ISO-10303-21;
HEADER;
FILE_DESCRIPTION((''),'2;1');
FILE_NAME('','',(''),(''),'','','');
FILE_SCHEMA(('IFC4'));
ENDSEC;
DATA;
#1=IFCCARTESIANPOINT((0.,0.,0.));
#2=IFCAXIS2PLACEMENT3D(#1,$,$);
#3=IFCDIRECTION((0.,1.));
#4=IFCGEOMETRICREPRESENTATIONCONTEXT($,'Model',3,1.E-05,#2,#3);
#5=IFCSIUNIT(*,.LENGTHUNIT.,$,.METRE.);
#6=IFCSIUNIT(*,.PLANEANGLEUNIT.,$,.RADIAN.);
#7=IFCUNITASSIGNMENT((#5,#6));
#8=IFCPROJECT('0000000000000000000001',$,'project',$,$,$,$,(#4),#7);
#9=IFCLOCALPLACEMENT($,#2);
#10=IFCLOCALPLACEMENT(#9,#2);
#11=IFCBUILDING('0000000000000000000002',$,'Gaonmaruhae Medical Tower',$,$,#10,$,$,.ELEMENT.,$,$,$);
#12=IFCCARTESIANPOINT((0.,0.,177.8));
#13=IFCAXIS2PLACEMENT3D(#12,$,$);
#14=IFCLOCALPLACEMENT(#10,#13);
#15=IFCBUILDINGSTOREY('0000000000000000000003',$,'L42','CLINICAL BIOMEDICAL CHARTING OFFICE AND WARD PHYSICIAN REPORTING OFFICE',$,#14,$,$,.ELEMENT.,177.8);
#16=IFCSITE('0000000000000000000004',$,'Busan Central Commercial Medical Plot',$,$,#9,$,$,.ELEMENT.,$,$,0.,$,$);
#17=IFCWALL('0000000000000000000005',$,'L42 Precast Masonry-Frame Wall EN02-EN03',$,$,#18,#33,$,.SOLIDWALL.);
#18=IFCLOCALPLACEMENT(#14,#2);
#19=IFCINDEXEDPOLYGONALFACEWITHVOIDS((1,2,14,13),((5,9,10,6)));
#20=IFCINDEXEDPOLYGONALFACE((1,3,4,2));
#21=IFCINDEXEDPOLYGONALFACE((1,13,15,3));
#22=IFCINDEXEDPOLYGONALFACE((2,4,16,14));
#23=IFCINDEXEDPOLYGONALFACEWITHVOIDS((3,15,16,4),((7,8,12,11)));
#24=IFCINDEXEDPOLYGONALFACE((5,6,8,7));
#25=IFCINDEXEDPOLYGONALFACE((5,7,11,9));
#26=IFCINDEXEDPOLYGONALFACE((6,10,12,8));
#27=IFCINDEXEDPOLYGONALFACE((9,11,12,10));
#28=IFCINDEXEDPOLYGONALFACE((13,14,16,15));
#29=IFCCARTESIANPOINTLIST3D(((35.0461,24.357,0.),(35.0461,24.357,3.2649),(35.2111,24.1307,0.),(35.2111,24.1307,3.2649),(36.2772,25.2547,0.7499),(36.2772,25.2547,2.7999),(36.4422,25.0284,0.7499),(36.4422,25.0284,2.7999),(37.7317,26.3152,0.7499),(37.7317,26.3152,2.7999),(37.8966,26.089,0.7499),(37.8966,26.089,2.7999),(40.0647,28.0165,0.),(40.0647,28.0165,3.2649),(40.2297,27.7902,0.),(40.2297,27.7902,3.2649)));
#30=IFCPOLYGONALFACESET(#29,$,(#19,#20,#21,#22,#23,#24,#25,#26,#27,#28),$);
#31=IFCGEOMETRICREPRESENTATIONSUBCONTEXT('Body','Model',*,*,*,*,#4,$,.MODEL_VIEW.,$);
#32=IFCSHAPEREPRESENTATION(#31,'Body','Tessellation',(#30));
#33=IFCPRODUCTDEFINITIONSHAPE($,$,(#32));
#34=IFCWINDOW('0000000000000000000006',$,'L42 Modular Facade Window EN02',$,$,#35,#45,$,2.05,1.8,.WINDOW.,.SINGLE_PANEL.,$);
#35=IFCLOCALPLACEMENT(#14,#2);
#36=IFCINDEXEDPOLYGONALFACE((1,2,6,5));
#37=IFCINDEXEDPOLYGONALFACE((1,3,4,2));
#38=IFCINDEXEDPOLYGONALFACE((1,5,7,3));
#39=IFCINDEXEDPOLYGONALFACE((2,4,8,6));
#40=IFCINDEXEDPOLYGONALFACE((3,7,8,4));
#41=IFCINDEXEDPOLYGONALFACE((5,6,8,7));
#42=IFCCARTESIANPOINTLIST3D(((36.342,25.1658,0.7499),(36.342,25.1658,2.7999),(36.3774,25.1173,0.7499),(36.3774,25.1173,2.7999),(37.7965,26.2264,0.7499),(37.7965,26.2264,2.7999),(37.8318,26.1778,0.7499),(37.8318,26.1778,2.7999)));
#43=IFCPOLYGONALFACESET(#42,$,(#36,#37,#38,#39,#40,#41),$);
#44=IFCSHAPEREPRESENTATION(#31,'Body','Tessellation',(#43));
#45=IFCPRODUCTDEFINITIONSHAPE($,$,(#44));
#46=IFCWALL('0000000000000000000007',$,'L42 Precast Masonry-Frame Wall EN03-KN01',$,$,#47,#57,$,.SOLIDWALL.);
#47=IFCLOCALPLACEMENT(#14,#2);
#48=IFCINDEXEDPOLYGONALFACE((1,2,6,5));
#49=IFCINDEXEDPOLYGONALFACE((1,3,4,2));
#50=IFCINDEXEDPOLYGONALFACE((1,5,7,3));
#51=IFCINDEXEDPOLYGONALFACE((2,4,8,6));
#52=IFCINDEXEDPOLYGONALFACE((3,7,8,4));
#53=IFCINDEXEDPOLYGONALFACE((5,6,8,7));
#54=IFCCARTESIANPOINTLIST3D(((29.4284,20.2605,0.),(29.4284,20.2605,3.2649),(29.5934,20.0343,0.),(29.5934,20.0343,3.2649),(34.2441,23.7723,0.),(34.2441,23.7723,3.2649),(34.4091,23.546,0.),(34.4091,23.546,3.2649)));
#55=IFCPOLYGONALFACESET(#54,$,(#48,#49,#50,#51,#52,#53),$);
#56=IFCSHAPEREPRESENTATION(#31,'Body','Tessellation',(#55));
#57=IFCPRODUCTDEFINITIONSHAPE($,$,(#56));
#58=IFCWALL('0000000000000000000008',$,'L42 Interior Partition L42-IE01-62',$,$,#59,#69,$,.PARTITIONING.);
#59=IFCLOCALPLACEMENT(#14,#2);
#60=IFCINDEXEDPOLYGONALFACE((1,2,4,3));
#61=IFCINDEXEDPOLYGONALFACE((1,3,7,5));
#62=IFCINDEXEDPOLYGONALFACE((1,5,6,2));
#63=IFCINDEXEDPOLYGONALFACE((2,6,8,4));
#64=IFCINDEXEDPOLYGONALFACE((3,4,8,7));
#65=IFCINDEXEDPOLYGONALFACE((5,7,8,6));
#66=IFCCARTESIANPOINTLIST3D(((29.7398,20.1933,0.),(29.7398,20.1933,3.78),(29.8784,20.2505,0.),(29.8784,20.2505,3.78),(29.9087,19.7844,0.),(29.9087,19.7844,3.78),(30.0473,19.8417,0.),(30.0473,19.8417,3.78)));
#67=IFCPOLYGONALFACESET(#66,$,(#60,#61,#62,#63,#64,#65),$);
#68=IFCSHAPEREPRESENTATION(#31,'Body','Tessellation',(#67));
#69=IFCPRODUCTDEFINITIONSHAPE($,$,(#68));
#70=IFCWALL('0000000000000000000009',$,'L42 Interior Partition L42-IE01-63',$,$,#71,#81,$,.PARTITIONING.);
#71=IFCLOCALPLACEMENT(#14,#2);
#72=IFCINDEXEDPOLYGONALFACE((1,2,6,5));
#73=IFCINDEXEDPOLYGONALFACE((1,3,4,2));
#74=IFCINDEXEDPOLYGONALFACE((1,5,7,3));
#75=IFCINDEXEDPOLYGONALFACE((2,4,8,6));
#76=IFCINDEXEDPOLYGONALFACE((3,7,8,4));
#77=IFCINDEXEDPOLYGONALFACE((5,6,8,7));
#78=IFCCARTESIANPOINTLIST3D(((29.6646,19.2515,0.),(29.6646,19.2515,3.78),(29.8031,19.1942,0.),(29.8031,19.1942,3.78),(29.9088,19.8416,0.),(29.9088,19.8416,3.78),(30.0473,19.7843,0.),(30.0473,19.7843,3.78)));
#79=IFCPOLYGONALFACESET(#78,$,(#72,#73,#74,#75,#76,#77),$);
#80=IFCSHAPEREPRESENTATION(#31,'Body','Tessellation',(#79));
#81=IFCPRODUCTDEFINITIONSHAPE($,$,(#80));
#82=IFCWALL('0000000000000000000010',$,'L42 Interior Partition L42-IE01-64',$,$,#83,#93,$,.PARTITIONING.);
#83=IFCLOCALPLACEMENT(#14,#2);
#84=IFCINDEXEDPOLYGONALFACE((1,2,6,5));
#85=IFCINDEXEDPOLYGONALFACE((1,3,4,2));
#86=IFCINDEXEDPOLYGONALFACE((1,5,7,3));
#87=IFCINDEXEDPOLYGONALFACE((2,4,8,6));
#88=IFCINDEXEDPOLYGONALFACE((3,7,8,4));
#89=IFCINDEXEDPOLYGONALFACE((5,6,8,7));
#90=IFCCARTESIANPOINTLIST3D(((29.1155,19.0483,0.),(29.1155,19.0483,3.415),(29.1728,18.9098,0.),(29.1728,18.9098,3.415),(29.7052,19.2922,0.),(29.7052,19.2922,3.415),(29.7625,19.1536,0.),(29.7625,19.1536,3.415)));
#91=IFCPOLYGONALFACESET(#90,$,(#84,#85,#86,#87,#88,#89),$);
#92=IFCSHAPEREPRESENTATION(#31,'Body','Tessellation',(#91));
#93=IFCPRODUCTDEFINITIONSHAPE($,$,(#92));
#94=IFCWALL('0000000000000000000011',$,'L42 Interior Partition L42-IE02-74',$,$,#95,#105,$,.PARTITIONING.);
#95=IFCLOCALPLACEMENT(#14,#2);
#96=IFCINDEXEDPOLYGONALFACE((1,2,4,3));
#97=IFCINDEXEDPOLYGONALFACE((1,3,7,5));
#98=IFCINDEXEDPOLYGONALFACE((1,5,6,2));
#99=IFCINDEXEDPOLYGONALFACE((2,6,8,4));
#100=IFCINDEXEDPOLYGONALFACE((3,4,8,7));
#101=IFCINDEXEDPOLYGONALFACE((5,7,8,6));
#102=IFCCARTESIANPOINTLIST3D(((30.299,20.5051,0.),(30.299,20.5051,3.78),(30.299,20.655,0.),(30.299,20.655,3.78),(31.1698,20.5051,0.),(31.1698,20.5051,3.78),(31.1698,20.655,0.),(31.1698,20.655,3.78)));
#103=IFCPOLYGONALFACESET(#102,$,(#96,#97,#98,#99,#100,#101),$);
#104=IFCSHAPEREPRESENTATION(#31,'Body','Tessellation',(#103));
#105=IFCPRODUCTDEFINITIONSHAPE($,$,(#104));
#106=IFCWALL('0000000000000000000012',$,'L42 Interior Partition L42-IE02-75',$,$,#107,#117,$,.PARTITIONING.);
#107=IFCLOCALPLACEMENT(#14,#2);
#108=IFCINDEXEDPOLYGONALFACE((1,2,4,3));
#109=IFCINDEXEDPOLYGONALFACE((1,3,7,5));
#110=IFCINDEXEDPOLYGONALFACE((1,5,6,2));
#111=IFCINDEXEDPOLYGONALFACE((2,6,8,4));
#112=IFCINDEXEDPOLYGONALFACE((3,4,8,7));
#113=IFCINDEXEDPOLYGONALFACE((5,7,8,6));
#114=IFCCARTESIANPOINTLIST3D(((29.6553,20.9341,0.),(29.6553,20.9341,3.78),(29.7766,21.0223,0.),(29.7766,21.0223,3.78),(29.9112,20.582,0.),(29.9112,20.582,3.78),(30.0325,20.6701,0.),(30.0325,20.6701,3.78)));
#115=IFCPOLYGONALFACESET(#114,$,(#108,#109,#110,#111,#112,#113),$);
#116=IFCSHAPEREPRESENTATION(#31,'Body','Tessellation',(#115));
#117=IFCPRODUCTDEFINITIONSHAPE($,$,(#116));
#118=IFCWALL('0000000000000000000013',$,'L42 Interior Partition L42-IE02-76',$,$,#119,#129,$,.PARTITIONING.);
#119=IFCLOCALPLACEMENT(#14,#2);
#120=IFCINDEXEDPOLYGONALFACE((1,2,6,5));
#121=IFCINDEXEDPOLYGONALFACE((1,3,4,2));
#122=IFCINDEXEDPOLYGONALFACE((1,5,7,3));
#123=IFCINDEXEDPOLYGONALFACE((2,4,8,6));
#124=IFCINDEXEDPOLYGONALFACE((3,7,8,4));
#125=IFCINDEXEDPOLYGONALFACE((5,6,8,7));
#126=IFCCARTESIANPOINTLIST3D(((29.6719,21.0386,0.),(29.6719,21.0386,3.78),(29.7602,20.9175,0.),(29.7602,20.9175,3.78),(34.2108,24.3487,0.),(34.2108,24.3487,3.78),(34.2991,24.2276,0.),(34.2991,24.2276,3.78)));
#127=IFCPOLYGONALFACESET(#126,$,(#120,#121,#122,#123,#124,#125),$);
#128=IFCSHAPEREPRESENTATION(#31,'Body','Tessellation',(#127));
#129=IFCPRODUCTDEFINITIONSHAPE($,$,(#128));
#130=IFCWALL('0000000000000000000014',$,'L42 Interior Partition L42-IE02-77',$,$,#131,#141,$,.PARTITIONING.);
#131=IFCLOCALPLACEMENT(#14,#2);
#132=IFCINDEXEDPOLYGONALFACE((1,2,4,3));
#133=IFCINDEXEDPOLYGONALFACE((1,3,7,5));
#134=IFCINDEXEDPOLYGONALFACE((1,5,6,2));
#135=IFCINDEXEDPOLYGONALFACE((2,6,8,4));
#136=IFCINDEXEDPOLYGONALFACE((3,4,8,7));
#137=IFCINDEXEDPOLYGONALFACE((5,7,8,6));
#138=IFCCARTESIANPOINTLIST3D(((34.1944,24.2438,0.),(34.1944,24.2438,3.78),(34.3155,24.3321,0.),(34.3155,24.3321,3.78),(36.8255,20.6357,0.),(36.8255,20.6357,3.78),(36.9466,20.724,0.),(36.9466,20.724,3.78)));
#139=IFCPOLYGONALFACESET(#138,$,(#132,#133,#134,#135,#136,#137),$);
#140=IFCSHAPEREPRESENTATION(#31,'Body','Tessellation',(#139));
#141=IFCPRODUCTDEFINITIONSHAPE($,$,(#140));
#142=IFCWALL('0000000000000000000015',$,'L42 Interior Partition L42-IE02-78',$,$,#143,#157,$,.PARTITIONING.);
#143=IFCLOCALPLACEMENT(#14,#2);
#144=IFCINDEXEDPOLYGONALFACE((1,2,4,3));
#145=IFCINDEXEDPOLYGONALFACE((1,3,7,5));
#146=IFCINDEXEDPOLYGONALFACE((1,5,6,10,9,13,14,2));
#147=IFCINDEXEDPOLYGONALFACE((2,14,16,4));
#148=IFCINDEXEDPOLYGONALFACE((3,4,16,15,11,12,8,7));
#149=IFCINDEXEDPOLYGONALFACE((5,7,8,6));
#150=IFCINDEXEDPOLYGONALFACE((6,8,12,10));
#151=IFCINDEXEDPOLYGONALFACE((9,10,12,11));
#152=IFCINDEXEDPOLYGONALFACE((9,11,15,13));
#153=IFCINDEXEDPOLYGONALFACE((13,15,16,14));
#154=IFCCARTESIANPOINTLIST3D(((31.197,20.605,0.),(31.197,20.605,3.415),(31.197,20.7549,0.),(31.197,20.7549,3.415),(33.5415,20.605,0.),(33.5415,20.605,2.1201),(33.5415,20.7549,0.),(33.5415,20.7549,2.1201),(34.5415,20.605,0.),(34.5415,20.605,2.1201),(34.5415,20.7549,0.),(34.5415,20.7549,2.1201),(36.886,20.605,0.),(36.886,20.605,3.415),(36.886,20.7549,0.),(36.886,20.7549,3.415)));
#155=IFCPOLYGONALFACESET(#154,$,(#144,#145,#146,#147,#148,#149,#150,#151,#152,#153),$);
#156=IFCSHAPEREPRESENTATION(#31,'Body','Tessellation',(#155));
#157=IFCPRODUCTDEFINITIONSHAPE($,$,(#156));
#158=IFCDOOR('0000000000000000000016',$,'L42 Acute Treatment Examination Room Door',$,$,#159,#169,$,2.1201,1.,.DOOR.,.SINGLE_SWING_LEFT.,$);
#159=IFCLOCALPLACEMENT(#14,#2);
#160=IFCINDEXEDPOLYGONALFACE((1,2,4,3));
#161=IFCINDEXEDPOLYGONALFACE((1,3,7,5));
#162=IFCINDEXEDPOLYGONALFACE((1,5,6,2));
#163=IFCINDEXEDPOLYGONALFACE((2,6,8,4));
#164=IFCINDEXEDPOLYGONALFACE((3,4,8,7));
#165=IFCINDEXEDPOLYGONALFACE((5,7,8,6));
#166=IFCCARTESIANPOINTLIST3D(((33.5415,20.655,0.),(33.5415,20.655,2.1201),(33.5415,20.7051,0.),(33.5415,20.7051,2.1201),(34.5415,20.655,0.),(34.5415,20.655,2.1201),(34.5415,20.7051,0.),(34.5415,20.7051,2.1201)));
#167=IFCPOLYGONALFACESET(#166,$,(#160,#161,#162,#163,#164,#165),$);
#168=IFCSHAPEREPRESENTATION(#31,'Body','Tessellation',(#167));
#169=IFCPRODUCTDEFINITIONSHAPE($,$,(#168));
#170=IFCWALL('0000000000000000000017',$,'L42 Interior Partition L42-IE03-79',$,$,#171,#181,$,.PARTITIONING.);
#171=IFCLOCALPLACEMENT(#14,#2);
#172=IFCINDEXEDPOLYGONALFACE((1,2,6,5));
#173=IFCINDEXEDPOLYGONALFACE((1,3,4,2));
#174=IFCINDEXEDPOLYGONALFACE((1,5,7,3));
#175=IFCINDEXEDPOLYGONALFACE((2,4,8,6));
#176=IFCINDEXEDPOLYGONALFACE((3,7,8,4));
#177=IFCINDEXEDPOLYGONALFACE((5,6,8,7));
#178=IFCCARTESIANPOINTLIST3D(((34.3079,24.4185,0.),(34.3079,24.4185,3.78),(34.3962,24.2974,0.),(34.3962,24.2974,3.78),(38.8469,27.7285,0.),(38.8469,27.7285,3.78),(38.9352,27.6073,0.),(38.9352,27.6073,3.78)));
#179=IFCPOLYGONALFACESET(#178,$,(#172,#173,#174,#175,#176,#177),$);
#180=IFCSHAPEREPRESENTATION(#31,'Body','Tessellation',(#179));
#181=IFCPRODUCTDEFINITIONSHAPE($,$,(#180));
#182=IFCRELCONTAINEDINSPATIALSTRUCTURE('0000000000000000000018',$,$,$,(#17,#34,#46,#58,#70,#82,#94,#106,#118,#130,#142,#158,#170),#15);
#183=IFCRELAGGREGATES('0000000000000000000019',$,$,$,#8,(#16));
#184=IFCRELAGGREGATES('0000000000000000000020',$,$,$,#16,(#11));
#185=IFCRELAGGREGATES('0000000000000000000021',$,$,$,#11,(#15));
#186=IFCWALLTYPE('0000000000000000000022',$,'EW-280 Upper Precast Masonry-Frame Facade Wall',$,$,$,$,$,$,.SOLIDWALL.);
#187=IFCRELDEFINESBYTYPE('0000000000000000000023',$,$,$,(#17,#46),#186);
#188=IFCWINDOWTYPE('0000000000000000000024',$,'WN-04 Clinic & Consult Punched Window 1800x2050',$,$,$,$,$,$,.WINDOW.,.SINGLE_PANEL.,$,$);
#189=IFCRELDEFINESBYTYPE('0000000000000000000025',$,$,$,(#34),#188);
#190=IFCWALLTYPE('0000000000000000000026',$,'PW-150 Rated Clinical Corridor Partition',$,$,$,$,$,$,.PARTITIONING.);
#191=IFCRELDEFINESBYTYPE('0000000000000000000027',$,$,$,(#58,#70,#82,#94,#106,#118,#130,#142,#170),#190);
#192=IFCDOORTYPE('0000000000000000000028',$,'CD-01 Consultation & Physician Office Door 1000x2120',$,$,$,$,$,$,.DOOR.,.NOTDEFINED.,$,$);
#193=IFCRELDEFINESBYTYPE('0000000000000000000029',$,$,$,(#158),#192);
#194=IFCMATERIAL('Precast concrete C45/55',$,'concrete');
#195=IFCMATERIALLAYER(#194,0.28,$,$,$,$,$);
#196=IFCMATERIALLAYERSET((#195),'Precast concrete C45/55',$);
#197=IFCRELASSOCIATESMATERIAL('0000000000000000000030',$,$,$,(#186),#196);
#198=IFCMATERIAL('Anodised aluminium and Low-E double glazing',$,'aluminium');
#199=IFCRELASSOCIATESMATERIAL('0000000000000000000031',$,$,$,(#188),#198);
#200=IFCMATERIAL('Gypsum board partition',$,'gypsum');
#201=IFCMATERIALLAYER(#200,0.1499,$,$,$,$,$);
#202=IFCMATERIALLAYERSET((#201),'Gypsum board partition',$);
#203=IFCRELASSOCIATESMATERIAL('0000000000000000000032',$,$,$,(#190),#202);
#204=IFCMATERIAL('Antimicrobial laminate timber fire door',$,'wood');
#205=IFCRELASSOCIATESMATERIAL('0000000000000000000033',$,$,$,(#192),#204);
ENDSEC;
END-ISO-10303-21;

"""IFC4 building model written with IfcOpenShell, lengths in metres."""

from ifc_helpers import new_model, si_unit, direction, frame, frame_2d, origin, place, context, subcontext, project, spatial, rectangle, extrude, material, layer, layer_set, type_object, element, fill, save


model = new_model("IFC4")

# Units and contexts
model_context = context("Model", 3, precision=1e-05, world=origin(), true_north=direction((0.0, 1.0)))
body_context = subcontext(model_context, "Body", "Model", "MODEL_VIEW")
ifc_project = project(units=[si_unit("LENGTHUNIT", "METRE"), si_unit("PLANEANGLEUNIT", "RADIAN")], contexts=[model_context])

# Site, building, storey
site_placement = place(None, origin())
site = spatial("IfcSite", under=ifc_project, at=site_placement, Name="Busan Central Commercial Medical Plot", CompositionType="ELEMENT", RefElevation=0.0)
building_placement = place(site_placement, origin())
building = spatial("IfcBuilding", under=site, at=building_placement, Name="Gaonmaruhae Medical Tower", CompositionType="ELEMENT")
storey_placement = place(building_placement, frame((0.0, 0.0, 177.8)))
storey = spatial("IfcBuildingStorey", under=building, at=storey_placement, Name="L42", Description="CLINICAL BIOMEDICAL CHARTING OFFICE AND WARD PHYSICIAN REPORTING OFFICE", CompositionType="ELEMENT", Elevation=177.8)

# Wall, opening, window
ifc_material_1 = material(Name="Precast concrete C45/55", Category="concrete")
ifc_layer_1 = layer(ifc_material_1, 0.28)
ifc_layer_set_1 = layer_set([ifc_layer_1], Name="Precast concrete C45/55")
wall_type_1 = type_object("IfcWallType", Name="EW-280 Upper Precast Masonry-Frame Facade Wall", PredefinedType="SOLIDWALL", material=ifc_layer_set_1)
wall_1_placement = place(storey_placement, frame((35.1287, 24.2439, 0.0), z_axis=(0.0, 0.0, 1.0), x_axis=(0.808003, 0.589179, 0.0)))
wall_1 = element("IfcWall", 1, at=wall_1_placement, inside=storey, type_object=wall_type_1, Name="L42 Precast Masonry-Frame Wall EN02-EN03", PredefinedType="SOLIDWALL", context=body_context, shape_type="SweptSolid", body=[
    extrude(rectangle(XDim=6.2112, YDim=0.28, at=frame_2d((3.1055, 0.0))), origin(), (0.0, 0.0, 1.0), 3.2649),
])
opening_1_placement = place(wall_1_placement, frame((1.5237, 0.0, 0.75)))
opening_1 = element("IfcOpeningElement", 2, at=opening_1_placement, cuts=wall_1, PredefinedType="OPENING", context=body_context, shape_type="SweptSolid", body=[
    extrude(rectangle(XDim=1.8, YDim=2.05, at=frame_2d((0.8999, 1.0249))), frame((0.0, 0.1499, 0.0), z_axis=(0.0, -1.0, 0.0), x_axis=(1.0, 0.0, 0.0)), (0.0, 0.0, 1.0), 0.3),
])
ifc_material_2 = material(Name="Anodised aluminium and Low-E double glazing", Category="aluminium")
window_type = type_object("IfcWindowType", Name="WN-04 Clinic & Consult Punched Window 1800x2050", PartitioningType="SINGLE_PANEL", PredefinedType="WINDOW", material=ifc_material_2)
window_placement = place(opening_1_placement, origin())
window = element("IfcWindow", 3, at=window_placement, inside=storey, type_object=window_type, Name="L42 Modular Facade Window EN02", OverallHeight=2.05, OverallWidth=1.8, PartitioningType="SINGLE_PANEL", PredefinedType="WINDOW", context=body_context, shape_type="SweptSolid", body=[
    extrude(rectangle(XDim=1.8, YDim=2.05, at=frame_2d((0.8999, 1.0249))), frame((0.0, 0.03, 0.0), z_axis=(0.0, -1.0, 0.0), x_axis=(1.0, 0.0, 0.0)), (0.0, 0.0, 1.0), 0.0601),
])
fill(opening_1, window)

# Walls
wall_2_placement = place(storey_placement, frame((29.511, 20.1475, 0.0), z_axis=(0.0, 0.0, 1.0), x_axis=(0.807984, 0.589204, 0.0)))
element("IfcWall", 4, at=wall_2_placement, inside=storey, type_object=wall_type_1, Name="L42 Precast Masonry-Frame Wall EN03-KN01", PredefinedType="SOLIDWALL", context=body_context, shape_type="SweptSolid", body=[
    extrude(rectangle(XDim=5.9602, YDim=0.28, at=frame_2d((2.98, 0.0))), origin(), (0.0, 0.0, 1.0), 3.2649),
])
ifc_material_3 = material(Name="Gypsum board partition", Category="gypsum")
ifc_layer_2 = layer(ifc_material_3, 0.1499)
ifc_layer_set_2 = layer_set([ifc_layer_2], Name="Gypsum board partition")
wall_type_2 = type_object("IfcWallType", Name="PW-150 Rated Clinical Corridor Partition", PredefinedType="PARTITIONING", material=ifc_layer_set_2)
wall_3_placement = place(storey_placement, frame((29.8091, 20.2219, 0.0), z_axis=(0.0, 0.0, 1.0), x_axis=(0.381832, -0.924232, 0.0)))
element("IfcWall", 5, at=wall_3_placement, inside=storey, type_object=wall_type_2, Name="L42 Interior Partition L42-IE01-62", PredefinedType="PARTITIONING", context=body_context, shape_type="SweptSolid", body=[
    extrude(rectangle(XDim=0.4424, YDim=0.1499, at=frame_2d((0.2212, 0.0))), origin(), (0.0, 0.0, 1.0), 3.78),
])
wall_4_placement = place(storey_placement, frame((29.978, 19.813, 0.0), z_axis=(0.0, 0.0, 1.0), x_axis=(-0.382307, -0.924035, 0.0)))
element("IfcWall", 6, at=wall_4_placement, inside=storey, type_object=wall_type_2, Name="L42 Interior Partition L42-IE01-63", PredefinedType="PARTITIONING", context=body_context, shape_type="SweptSolid", body=[
    extrude(rectangle(XDim=0.6387, YDim=0.1499, at=frame_2d((0.3193, 0.0))), origin(), (0.0, 0.0, 1.0), 3.78),
])
wall_5_placement = place(storey_placement, frame((29.7339, 19.2229, 0.0), z_axis=(0.0, 0.0, 1.0), x_axis=(-0.924115, -0.382115, 0.0)))
element("IfcWall", 7, at=wall_5_placement, inside=storey, type_object=wall_type_2, Name="L42 Interior Partition L42-IE01-64", PredefinedType="PARTITIONING", context=body_context, shape_type="SweptSolid", body=[
    extrude(rectangle(XDim=0.6382, YDim=0.1499, at=frame_2d((0.3191, 0.0))), origin(), (0.0, 0.0, 1.0), 3.415),
])
wall_6_placement = place(storey_placement, frame((31.1699, 20.5801, 0.0), z_axis=(0.0, 0.0, 1.0), x_axis=(-1.0, 0.0, 0.0)))
element("IfcWall", 8, at=wall_6_placement, inside=storey, type_object=wall_type_2, Name="L42 Interior Partition L42-IE02-74", PredefinedType="PARTITIONING", context=body_context, shape_type="SweptSolid", body=[
    extrude(rectangle(XDim=0.8708, YDim=0.1499, at=frame_2d((0.4355, 0.0))), origin(), (0.0, 0.0, 1.0), 3.78),
])
wall_7_placement = place(storey_placement, frame((29.9719, 20.626, 0.0), z_axis=(0.0, 0.0, 1.0), x_axis=(-0.587905, 0.80893, 0.0)))
element("IfcWall", 9, at=wall_7_placement, inside=storey, type_object=wall_type_2, Name="L42 Interior Partition L42-IE02-75", PredefinedType="PARTITIONING", context=body_context, shape_type="SweptSolid", body=[
    extrude(rectangle(XDim=0.4353, YDim=0.1499, at=frame_2d((0.2178, 0.0))), origin(), (0.0, 0.0, 1.0), 3.78),
])
wall_8_placement = place(storey_placement, frame((29.7161, 20.978, 0.0), z_axis=(0.0, 0.0, 1.0), x_axis=(0.807965, 0.589231, 0.0)))
element("IfcWall", 10, at=wall_8_placement, inside=storey, type_object=wall_type_2, Name="L42 Interior Partition L42-IE02-76", PredefinedType="PARTITIONING", context=body_context, shape_type="SweptSolid", body=[
    extrude(rectangle(XDim=5.6177, YDim=0.1499, at=frame_2d((2.8088, 0.0))), origin(), (0.0, 0.0, 1.0), 3.78),
])
wall_9_placement = place(storey_placement, frame((34.2549, 24.2881, 0.0), z_axis=(0.0, 0.0, 1.0), x_axis=(0.589195, -0.807991, 0.0)))
element("IfcWall", 11, at=wall_9_placement, inside=storey, type_object=wall_type_2, Name="L42 Interior Partition L42-IE02-77", PredefinedType="PARTITIONING", context=body_context, shape_type="SweptSolid", body=[
    extrude(rectangle(XDim=4.4656, YDim=0.1499, at=frame_2d((2.2329, 0.0))), origin(), (0.0, 0.0, 1.0), 3.78),
])

# Wall, opening, door
wall_10_placement = place(storey_placement, frame((36.886, 20.6799, 0.0), z_axis=(0.0, 0.0, 1.0), x_axis=(-1.0, 0.0, 0.0)))
wall_10 = element("IfcWall", 12, at=wall_10_placement, inside=storey, type_object=wall_type_2, Name="L42 Interior Partition L42-IE02-78", PredefinedType="PARTITIONING", context=body_context, shape_type="SweptSolid", body=[
    extrude(rectangle(XDim=5.689, YDim=0.1499, at=frame_2d((2.8445, 0.0))), origin(), (0.0, 0.0, 1.0), 3.415),
])
opening_2_placement = place(wall_10_placement, frame((2.3445, 0.0, 0.0)))
opening_2 = element("IfcOpeningElement", 13, at=opening_2_placement, cuts=wall_10, PredefinedType="OPENING", context=body_context, shape_type="SweptSolid", body=[
    extrude(rectangle(XDim=1.0, YDim=2.1201, at=frame_2d((0.5, 1.0601))), frame((0.0, 0.085, 0.0), z_axis=(0.0, -1.0, 0.0), x_axis=(1.0, 0.0, 0.0)), (0.0, 0.0, 1.0), 0.1699),
])
ifc_material_4 = material(Name="Antimicrobial laminate timber fire door", Category="wood")
door_type = type_object("IfcDoorType", Name="CD-01 Consultation & Physician Office Door 1000x2120", OperationType="NOTDEFINED", PredefinedType="DOOR", material=ifc_material_4)
door_placement = place(opening_2_placement, origin())
door = element("IfcDoor", 14, at=door_placement, inside=storey, type_object=door_type, Name="L42 Acute Treatment Examination Room Door", OperationType="SINGLE_SWING_LEFT", OverallHeight=2.1201, OverallWidth=1.0, PredefinedType="DOOR", context=body_context, shape_type="SweptSolid", body=[
    extrude(rectangle(XDim=1.0, YDim=2.1201, at=frame_2d((0.5, 1.0601))), frame((0.0, 0.0249, 0.0), z_axis=(0.0, -1.0, 0.0), x_axis=(1.0, 0.0, 0.0)), (0.0, 0.0, 1.0), 0.05),
])
fill(opening_2, door)

# Wall
wall_11_placement = place(storey_placement, frame((34.3521, 24.3579, 0.0), z_axis=(0.0, 0.0, 1.0), x_axis=(0.80798, 0.58921, 0.0)))
element("IfcWall", 15, at=wall_11_placement, inside=storey, type_object=wall_type_2, Name="L42 Interior Partition L42-IE03-79", PredefinedType="PARTITIONING", context=body_context, shape_type="SweptSolid", body=[
    extrude(rectangle(XDim=5.6177, YDim=0.1499, at=frame_2d((2.8088, 0.0))), origin(), (0.0, 0.0, 1.0), 3.78),
])

save(model, "model.ifc")
